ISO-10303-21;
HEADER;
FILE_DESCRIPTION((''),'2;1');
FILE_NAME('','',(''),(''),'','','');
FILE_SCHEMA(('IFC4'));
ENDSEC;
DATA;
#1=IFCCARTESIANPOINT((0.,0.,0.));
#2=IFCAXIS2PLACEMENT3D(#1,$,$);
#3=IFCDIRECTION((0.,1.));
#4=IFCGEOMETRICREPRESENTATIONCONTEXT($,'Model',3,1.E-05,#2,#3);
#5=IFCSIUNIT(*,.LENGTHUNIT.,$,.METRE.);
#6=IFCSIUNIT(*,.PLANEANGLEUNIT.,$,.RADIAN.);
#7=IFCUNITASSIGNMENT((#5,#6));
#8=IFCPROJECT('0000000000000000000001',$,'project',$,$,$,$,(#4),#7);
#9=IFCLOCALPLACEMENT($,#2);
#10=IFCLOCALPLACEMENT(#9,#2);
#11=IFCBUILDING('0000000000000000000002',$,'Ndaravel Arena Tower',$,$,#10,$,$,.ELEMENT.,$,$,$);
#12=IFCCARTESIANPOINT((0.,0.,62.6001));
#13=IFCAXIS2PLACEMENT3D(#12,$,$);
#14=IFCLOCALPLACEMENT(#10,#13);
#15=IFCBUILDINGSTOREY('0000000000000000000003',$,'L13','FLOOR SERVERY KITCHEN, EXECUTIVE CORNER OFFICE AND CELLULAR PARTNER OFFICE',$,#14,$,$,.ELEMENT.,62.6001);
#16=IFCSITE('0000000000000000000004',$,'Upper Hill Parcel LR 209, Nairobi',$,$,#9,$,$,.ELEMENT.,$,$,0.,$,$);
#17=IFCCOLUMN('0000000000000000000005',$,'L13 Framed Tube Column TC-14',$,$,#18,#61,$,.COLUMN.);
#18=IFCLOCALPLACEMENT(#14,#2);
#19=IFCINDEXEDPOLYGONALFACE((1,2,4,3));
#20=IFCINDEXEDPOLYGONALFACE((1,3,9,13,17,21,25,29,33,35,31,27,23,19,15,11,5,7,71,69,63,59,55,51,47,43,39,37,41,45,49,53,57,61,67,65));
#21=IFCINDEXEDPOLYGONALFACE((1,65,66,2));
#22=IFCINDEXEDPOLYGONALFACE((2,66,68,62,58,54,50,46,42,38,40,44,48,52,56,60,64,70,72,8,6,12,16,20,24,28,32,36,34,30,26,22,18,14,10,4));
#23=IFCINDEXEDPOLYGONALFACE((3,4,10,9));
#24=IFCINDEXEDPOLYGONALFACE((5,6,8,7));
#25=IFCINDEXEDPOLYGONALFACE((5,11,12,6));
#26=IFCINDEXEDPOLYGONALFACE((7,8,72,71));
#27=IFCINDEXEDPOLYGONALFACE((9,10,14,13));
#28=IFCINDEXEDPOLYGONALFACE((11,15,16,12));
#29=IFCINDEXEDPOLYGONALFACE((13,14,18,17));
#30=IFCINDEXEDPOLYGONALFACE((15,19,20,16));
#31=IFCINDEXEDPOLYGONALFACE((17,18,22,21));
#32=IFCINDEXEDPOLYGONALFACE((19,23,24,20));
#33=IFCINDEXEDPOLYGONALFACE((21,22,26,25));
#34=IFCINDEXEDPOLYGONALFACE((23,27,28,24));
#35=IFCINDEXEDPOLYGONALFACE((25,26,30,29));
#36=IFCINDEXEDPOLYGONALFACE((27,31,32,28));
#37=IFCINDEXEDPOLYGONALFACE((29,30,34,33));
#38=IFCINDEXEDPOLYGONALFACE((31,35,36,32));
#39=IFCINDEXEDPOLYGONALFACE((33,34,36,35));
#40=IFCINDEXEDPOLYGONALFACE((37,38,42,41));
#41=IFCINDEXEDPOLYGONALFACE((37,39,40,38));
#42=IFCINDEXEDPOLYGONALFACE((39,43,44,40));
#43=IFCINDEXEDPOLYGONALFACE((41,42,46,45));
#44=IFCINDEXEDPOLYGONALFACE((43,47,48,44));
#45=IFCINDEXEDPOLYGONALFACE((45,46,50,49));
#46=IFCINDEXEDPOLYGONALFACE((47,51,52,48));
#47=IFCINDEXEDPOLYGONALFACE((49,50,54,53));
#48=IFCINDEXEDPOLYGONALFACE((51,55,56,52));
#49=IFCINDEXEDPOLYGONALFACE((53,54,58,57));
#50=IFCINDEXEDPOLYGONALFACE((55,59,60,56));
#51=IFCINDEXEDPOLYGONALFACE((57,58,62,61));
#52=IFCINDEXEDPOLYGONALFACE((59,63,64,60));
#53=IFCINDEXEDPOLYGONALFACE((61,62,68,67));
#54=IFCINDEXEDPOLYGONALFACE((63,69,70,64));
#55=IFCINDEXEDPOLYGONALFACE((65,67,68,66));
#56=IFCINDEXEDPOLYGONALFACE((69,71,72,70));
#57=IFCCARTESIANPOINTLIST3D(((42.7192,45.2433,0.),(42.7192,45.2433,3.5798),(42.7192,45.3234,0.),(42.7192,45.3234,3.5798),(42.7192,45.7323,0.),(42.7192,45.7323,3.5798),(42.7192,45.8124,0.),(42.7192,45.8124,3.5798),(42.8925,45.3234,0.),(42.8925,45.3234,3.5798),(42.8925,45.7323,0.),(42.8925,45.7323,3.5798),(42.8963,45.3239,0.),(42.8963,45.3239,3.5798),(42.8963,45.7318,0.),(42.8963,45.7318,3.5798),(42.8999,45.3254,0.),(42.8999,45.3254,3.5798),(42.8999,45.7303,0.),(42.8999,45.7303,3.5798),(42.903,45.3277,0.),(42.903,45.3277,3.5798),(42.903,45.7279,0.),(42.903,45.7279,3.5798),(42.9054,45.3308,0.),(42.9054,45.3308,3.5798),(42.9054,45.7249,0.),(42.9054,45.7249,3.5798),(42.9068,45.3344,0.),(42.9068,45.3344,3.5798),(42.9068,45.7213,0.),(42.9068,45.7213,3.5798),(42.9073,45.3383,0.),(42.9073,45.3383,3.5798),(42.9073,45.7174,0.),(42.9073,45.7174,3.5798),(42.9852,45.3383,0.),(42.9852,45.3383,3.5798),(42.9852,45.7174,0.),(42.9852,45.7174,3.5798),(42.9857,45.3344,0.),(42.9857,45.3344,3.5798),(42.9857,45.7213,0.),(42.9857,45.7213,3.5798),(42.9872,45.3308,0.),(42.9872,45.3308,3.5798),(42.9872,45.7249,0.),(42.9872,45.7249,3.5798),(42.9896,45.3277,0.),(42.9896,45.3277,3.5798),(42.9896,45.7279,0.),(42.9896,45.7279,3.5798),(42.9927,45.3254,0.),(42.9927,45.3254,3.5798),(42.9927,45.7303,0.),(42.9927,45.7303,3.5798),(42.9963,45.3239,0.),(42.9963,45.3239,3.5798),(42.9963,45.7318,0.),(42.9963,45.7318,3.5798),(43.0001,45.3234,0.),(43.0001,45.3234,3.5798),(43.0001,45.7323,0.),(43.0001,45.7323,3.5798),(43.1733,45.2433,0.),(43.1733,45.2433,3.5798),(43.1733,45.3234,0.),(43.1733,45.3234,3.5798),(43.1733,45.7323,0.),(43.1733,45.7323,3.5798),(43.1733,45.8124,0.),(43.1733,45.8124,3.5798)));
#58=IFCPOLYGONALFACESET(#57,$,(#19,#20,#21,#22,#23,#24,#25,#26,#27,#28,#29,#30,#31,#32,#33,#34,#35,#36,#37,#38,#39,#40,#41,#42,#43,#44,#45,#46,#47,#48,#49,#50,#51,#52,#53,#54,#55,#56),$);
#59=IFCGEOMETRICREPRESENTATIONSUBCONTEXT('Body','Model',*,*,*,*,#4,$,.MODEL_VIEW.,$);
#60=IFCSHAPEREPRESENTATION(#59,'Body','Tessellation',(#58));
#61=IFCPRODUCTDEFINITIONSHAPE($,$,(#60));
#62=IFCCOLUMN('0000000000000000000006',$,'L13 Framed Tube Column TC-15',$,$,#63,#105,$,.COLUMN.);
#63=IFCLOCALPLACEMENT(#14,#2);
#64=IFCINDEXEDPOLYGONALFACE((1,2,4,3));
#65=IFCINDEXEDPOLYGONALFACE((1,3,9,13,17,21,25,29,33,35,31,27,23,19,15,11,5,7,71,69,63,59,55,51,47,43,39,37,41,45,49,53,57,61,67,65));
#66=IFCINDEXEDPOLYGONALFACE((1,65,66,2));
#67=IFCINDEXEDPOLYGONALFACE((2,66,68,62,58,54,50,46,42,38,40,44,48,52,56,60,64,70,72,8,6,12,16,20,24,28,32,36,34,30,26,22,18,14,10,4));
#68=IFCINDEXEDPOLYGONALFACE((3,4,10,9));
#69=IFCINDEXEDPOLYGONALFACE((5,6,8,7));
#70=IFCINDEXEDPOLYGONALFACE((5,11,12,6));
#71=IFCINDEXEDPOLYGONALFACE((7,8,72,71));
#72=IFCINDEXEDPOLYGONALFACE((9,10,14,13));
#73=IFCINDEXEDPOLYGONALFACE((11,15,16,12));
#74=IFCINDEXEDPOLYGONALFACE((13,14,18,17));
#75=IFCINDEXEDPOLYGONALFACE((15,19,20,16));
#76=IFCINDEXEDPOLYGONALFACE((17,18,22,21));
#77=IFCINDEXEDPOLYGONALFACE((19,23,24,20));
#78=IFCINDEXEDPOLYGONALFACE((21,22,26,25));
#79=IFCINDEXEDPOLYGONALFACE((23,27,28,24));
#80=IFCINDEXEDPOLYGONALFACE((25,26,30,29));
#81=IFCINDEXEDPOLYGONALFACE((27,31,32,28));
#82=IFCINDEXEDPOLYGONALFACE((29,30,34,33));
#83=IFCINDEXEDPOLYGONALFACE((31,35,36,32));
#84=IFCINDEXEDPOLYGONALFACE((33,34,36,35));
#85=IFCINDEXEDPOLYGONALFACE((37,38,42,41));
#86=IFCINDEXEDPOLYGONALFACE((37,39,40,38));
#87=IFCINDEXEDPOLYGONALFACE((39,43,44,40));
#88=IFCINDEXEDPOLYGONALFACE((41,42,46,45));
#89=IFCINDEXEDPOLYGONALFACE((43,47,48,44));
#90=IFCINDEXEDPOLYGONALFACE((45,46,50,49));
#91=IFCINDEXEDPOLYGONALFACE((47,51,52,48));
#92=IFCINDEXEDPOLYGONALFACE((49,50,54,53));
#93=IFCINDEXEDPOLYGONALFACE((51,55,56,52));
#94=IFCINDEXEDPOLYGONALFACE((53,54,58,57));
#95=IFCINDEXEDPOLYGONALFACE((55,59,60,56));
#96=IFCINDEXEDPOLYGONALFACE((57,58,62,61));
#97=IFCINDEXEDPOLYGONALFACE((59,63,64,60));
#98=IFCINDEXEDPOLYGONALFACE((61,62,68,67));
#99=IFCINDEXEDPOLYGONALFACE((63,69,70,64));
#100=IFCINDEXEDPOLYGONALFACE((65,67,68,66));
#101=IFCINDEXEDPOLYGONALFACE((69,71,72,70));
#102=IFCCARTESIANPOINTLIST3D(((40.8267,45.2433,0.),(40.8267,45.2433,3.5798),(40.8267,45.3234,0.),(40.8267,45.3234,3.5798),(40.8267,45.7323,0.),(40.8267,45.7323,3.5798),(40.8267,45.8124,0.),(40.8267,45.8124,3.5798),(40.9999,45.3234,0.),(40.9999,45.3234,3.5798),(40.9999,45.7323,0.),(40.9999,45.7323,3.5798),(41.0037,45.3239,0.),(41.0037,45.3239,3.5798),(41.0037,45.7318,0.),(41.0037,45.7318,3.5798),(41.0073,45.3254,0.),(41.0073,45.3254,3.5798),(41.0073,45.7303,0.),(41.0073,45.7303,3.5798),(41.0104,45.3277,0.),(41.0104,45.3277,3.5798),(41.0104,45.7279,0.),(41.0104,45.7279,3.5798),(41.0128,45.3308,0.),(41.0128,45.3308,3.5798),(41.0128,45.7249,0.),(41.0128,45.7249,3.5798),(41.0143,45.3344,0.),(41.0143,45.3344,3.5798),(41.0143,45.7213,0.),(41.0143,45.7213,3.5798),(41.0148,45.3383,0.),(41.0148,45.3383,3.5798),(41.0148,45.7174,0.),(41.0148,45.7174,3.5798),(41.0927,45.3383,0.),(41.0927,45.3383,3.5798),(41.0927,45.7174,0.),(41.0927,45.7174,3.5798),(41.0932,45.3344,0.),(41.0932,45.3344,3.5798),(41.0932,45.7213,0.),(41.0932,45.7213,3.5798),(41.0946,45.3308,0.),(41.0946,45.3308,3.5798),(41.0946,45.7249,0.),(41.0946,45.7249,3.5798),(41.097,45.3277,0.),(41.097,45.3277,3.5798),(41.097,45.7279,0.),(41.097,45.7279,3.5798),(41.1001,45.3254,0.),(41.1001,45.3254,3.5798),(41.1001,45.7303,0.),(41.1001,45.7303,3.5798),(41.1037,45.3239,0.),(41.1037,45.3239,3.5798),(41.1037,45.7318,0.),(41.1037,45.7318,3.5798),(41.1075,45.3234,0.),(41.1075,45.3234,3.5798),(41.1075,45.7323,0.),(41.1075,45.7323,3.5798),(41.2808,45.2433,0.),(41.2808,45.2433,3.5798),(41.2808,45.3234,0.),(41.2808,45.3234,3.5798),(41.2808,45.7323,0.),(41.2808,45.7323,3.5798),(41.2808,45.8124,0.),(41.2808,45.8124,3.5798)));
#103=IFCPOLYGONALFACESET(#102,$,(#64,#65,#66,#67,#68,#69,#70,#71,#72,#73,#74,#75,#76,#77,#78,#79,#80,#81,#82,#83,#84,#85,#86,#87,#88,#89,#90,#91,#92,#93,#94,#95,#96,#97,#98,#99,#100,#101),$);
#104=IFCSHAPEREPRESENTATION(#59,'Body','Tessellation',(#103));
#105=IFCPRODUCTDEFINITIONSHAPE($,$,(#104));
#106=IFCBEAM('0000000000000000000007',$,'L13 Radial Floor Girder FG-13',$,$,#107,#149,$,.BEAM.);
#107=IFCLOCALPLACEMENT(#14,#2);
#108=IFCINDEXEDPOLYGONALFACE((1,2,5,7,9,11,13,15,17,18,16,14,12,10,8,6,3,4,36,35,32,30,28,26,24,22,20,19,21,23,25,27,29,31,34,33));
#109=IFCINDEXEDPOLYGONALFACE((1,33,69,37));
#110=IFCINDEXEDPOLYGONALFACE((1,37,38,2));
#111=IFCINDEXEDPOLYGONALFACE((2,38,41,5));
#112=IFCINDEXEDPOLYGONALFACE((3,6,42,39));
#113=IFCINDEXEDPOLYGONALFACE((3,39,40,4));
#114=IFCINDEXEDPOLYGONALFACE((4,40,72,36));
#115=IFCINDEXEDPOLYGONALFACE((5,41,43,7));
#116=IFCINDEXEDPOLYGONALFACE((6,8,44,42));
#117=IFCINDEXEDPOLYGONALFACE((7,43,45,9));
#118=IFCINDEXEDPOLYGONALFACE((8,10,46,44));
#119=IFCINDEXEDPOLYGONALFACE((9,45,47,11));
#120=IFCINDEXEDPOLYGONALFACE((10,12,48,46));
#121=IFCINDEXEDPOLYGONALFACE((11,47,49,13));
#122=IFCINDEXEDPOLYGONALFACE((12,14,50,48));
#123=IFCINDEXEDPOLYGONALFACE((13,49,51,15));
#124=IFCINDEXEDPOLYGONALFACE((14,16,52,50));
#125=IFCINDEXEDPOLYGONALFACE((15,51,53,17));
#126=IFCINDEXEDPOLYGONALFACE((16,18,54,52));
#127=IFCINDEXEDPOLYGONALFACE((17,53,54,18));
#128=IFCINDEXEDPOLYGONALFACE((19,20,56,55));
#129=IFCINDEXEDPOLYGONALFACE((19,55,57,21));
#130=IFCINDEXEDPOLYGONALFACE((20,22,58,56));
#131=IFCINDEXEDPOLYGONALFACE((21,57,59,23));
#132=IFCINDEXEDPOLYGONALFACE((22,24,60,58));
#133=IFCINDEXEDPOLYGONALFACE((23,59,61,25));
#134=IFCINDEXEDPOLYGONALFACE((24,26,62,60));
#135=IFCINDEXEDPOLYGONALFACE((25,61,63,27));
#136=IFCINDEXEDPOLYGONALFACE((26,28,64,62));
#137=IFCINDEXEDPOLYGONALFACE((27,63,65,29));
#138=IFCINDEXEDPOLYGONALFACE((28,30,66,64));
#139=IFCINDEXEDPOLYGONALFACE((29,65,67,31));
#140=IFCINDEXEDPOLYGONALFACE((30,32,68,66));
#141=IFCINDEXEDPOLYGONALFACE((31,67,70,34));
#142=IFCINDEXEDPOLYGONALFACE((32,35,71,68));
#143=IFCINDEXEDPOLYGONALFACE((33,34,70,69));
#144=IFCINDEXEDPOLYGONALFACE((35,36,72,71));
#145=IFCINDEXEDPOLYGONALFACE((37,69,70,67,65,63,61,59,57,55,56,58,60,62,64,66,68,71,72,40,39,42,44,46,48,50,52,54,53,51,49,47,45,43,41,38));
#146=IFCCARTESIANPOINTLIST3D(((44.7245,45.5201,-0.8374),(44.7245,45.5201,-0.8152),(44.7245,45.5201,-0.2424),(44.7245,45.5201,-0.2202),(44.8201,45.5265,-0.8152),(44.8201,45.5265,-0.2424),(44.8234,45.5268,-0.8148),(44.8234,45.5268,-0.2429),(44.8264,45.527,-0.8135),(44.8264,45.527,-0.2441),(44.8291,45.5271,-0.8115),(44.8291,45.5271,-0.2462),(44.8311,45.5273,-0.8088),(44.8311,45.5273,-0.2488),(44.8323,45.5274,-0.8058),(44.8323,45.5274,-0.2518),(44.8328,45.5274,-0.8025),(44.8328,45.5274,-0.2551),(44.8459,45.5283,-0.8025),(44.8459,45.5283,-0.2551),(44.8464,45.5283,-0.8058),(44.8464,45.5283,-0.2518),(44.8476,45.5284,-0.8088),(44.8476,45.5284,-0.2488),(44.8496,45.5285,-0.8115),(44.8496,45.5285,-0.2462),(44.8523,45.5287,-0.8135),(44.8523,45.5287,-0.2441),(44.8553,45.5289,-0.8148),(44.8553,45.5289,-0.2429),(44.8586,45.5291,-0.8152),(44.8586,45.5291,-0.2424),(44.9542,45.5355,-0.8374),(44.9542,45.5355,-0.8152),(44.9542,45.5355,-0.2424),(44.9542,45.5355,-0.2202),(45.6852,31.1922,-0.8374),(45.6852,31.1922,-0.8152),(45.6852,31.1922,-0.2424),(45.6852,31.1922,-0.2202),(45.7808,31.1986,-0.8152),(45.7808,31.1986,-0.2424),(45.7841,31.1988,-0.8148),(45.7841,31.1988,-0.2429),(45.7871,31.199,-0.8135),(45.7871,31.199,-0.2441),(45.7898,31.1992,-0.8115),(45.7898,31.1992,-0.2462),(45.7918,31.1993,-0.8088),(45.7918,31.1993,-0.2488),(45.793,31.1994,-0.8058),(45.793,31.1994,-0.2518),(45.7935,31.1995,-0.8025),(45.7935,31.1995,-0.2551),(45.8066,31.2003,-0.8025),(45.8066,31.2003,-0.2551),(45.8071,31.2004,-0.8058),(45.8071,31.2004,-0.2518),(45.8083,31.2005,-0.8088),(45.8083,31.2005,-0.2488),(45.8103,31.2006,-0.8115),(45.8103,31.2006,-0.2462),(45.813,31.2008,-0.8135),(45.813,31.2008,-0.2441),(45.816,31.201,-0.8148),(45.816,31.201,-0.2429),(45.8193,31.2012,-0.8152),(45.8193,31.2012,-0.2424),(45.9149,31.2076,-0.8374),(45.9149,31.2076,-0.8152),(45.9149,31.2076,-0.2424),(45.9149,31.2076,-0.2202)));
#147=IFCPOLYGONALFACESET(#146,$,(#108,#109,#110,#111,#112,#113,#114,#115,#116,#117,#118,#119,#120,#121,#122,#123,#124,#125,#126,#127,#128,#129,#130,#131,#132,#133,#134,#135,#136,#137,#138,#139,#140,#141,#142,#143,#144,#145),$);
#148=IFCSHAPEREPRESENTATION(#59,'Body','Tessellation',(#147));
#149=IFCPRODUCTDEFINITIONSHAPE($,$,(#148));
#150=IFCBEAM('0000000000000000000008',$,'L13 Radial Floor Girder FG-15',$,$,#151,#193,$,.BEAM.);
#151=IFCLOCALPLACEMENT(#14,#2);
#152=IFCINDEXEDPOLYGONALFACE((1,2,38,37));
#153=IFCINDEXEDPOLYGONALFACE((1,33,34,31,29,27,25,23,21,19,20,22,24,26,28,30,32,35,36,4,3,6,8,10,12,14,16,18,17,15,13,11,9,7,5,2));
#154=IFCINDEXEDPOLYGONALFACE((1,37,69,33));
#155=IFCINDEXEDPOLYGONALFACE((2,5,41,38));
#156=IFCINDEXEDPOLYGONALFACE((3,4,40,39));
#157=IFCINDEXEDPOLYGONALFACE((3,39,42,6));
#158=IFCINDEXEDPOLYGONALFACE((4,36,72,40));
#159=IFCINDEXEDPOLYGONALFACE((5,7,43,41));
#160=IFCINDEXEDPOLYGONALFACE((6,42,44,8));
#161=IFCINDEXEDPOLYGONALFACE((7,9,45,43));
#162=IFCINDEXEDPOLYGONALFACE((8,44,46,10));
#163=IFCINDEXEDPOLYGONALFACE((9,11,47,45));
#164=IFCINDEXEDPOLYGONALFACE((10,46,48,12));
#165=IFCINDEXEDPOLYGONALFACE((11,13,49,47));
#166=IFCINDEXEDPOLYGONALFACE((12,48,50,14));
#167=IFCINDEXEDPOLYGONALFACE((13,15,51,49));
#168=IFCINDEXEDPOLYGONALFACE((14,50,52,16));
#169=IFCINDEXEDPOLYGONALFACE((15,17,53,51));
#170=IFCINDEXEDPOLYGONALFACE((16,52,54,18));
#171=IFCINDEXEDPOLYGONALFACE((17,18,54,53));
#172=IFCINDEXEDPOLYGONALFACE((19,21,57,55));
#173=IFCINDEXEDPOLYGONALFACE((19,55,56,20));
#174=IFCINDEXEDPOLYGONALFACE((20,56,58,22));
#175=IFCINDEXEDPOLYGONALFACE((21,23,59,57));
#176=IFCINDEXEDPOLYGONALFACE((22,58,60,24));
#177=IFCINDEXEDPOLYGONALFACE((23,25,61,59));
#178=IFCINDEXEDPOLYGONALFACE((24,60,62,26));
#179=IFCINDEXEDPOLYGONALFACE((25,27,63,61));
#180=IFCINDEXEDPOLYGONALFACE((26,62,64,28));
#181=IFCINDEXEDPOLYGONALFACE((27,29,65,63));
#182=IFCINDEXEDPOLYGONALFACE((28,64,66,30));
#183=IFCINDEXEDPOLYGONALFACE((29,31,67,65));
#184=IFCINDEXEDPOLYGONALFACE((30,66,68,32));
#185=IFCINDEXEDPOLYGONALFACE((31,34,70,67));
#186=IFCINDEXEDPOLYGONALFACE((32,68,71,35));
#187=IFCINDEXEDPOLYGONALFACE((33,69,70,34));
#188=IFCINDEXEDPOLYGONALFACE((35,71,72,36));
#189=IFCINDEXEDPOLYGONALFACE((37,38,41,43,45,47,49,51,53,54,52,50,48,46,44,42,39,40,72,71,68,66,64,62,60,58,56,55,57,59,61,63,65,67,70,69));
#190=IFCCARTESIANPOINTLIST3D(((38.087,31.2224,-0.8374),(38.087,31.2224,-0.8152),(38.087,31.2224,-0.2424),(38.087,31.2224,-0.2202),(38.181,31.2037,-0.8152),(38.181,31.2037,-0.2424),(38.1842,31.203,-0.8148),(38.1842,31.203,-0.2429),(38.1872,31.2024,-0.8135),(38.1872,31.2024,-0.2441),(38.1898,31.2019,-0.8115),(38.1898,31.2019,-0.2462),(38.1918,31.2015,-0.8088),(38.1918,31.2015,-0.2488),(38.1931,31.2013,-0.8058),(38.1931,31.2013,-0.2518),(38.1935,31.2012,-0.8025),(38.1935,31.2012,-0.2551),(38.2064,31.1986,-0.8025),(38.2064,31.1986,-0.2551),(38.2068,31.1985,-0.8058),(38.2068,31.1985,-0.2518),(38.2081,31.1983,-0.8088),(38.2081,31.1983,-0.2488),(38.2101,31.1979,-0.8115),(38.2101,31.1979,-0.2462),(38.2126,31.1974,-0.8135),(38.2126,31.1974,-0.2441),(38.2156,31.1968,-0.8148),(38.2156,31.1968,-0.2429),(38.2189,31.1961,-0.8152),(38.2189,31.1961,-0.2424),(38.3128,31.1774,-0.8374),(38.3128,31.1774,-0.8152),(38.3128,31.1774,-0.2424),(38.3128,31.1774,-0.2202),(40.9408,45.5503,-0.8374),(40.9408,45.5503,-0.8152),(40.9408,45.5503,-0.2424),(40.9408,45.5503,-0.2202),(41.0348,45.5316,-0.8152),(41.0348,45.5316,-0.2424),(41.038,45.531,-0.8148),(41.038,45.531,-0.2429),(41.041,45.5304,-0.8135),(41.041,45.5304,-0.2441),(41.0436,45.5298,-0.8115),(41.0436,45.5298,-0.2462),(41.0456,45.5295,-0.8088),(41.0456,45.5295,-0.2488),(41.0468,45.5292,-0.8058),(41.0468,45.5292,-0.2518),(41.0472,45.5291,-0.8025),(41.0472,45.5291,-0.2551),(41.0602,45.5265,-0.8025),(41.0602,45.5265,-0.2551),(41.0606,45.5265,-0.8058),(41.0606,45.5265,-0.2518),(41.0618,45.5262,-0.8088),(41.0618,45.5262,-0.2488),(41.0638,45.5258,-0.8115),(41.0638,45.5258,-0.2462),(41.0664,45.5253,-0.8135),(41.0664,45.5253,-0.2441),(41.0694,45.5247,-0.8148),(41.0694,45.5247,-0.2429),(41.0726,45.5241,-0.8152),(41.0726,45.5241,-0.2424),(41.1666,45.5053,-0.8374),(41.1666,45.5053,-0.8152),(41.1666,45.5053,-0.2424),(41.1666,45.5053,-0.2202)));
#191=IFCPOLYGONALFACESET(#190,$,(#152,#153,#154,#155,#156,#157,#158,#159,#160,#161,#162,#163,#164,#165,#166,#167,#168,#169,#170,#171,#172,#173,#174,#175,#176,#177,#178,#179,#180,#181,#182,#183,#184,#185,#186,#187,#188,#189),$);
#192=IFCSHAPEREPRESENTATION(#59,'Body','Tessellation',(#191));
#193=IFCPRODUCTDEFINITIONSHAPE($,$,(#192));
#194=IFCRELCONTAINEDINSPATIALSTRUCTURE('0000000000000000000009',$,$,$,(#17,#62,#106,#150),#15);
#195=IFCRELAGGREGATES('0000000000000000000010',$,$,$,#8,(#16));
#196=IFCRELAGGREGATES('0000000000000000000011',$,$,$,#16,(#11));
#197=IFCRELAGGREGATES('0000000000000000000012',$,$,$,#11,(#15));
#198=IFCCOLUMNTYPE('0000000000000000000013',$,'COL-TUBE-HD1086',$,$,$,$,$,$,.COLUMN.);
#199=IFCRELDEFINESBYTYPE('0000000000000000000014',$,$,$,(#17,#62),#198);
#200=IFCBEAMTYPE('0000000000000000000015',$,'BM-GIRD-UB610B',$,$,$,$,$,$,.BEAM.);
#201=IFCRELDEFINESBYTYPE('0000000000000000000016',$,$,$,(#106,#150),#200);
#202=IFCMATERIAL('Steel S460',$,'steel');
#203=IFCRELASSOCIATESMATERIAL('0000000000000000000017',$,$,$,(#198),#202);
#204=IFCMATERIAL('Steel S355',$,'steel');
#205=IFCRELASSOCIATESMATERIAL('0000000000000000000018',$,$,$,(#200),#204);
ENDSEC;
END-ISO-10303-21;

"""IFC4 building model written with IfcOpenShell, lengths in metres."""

from ifc_helpers import new_model, si_unit, direction, frame, origin, origin_2d, place, context, subcontext, project, spatial, i_section, extrude, material, material_profile, profile_set, type_object, element, save


model = new_model("IFC4")

# Units and contexts
model_context = context("Model", 3, precision=1e-05, world=origin(), true_north=direction((0.0, 1.0)))
body_context = subcontext(model_context, "Body", "Model", "MODEL_VIEW")
ifc_project = project(units=[si_unit("LENGTHUNIT", "METRE"), si_unit("PLANEANGLEUNIT", "RADIAN")], contexts=[model_context])

# Site, building, storey
site_placement = place(None, origin())
site = spatial("IfcSite", under=ifc_project, at=site_placement, Name="Upper Hill Parcel LR 209, Nairobi", CompositionType="ELEMENT", RefElevation=0.0)
building_placement = place(site_placement, origin())
building = spatial("IfcBuilding", under=site, at=building_placement, Name="Ndaravel Arena Tower", CompositionType="ELEMENT")
storey_placement = place(building_placement, frame((0.0, 0.0, 62.6001)))
storey = spatial("IfcBuildingStorey", under=building, at=storey_placement, Name="L13", Description="FLOOR SERVERY KITCHEN, EXECUTIVE CORNER OFFICE AND CELLULAR PARTNER OFFICE", CompositionType="ELEMENT", Elevation=62.6001)

# Columns
ifc_material_1 = material(Name="Steel S460", Category="steel")
ifc_material_profile_1 = material_profile(ifc_material_1, i_section(OverallWidth=0.4541, OverallDepth=0.5691, WebThickness=0.0779, FlangeThickness=0.0801, FilletRadius=0.0149, at=origin_2d()), Name="HD 400x1086")
ifc_profile_set_1 = profile_set([ifc_material_profile_1], Name="Steel S460")
column_type_1 = type_object("IfcColumnType", Name="COL-TUBE-HD1086", PredefinedType="COLUMN", material=ifc_profile_set_1)
for number, where, z_axis, x_axis, name in (
    (1, (42.9463, 45.5278, 0.0), (0.0, 0.0, 1.0), (1.0, 0.0, 0.0), "L13 Framed Tube Column TC-14"),
    (2, (41.0537, 45.5278, 0.0), (0.0, 0.0, 1.0), (1.0, 0.0, 0.0), "L13 Framed Tube Column TC-15"),
):
    element("IfcColumn", number, at=place(storey_placement, frame(where, z_axis=z_axis, x_axis=x_axis)), inside=storey, type_object=column_type_1, Name=name, PredefinedType="COLUMN", context=body_context, shape_type="SweptSolid", body=[
        extrude(i_section(OverallWidth=0.4541, OverallDepth=0.5691, WebThickness=0.0779, FlangeThickness=0.0801, FilletRadius=0.0149, at=origin_2d()), origin(), (0.0, 0.0, 1.0), 3.5798),
    ])

# Beams
ifc_material_2 = material(Name="Steel S355", Category="steel")
ifc_material_profile_2 = material_profile(ifc_material_2, i_section(OverallWidth=0.2302, OverallDepth=0.6172, WebThickness=0.0132, FlangeThickness=0.0222, FilletRadius=0.0127, at=origin_2d()), Name="UB 610x229x140")
ifc_profile_set_2 = profile_set([ifc_material_profile_2], Name="Steel S355")
beam_type_1 = type_object("IfcBeamType", Name="BM-GIRD-UB610B", PredefinedType="BEAM", material=ifc_profile_set_2)
beam_1_placement = place(storey_placement, frame((44.8394, 45.5278, -0.5288), z_axis=(0.0669, -0.99776, 0.0), x_axis=(0.99776, 0.0669, 0.0)))
element("IfcBeam", 3, at=beam_1_placement, inside=storey, type_object=beam_type_1, Name="L13 Radial Floor Girder FG-13", PredefinedType="BEAM", context=body_context, shape_type="SweptSolid", body=[
    extrude(i_section(OverallWidth=0.2302, OverallDepth=0.6172, WebThickness=0.0132, FlangeThickness=0.0222, FilletRadius=0.0127, at=origin_2d()), origin(), (0.0, 0.0, 1.0), 14.3601),
])
beam_2_placement = place(storey_placement, frame((41.0537, 45.5278, -0.5288), z_axis=(-0.195338, -0.980736, 0.0), x_axis=(0.980736, -0.195338, 0.0)))
element("IfcBeam", 4, at=beam_2_placement, inside=storey, type_object=beam_type_1, Name="L13 Radial Floor Girder FG-15", PredefinedType="BEAM", context=body_context, shape_type="SweptSolid", body=[
    extrude(i_section(OverallWidth=0.2302, OverallDepth=0.6172, WebThickness=0.0132, FlangeThickness=0.0222, FilletRadius=0.0127, at=origin_2d()), origin(), (0.0, 0.0, 1.0), 14.6094),
])

save(model, "model.ifc")
